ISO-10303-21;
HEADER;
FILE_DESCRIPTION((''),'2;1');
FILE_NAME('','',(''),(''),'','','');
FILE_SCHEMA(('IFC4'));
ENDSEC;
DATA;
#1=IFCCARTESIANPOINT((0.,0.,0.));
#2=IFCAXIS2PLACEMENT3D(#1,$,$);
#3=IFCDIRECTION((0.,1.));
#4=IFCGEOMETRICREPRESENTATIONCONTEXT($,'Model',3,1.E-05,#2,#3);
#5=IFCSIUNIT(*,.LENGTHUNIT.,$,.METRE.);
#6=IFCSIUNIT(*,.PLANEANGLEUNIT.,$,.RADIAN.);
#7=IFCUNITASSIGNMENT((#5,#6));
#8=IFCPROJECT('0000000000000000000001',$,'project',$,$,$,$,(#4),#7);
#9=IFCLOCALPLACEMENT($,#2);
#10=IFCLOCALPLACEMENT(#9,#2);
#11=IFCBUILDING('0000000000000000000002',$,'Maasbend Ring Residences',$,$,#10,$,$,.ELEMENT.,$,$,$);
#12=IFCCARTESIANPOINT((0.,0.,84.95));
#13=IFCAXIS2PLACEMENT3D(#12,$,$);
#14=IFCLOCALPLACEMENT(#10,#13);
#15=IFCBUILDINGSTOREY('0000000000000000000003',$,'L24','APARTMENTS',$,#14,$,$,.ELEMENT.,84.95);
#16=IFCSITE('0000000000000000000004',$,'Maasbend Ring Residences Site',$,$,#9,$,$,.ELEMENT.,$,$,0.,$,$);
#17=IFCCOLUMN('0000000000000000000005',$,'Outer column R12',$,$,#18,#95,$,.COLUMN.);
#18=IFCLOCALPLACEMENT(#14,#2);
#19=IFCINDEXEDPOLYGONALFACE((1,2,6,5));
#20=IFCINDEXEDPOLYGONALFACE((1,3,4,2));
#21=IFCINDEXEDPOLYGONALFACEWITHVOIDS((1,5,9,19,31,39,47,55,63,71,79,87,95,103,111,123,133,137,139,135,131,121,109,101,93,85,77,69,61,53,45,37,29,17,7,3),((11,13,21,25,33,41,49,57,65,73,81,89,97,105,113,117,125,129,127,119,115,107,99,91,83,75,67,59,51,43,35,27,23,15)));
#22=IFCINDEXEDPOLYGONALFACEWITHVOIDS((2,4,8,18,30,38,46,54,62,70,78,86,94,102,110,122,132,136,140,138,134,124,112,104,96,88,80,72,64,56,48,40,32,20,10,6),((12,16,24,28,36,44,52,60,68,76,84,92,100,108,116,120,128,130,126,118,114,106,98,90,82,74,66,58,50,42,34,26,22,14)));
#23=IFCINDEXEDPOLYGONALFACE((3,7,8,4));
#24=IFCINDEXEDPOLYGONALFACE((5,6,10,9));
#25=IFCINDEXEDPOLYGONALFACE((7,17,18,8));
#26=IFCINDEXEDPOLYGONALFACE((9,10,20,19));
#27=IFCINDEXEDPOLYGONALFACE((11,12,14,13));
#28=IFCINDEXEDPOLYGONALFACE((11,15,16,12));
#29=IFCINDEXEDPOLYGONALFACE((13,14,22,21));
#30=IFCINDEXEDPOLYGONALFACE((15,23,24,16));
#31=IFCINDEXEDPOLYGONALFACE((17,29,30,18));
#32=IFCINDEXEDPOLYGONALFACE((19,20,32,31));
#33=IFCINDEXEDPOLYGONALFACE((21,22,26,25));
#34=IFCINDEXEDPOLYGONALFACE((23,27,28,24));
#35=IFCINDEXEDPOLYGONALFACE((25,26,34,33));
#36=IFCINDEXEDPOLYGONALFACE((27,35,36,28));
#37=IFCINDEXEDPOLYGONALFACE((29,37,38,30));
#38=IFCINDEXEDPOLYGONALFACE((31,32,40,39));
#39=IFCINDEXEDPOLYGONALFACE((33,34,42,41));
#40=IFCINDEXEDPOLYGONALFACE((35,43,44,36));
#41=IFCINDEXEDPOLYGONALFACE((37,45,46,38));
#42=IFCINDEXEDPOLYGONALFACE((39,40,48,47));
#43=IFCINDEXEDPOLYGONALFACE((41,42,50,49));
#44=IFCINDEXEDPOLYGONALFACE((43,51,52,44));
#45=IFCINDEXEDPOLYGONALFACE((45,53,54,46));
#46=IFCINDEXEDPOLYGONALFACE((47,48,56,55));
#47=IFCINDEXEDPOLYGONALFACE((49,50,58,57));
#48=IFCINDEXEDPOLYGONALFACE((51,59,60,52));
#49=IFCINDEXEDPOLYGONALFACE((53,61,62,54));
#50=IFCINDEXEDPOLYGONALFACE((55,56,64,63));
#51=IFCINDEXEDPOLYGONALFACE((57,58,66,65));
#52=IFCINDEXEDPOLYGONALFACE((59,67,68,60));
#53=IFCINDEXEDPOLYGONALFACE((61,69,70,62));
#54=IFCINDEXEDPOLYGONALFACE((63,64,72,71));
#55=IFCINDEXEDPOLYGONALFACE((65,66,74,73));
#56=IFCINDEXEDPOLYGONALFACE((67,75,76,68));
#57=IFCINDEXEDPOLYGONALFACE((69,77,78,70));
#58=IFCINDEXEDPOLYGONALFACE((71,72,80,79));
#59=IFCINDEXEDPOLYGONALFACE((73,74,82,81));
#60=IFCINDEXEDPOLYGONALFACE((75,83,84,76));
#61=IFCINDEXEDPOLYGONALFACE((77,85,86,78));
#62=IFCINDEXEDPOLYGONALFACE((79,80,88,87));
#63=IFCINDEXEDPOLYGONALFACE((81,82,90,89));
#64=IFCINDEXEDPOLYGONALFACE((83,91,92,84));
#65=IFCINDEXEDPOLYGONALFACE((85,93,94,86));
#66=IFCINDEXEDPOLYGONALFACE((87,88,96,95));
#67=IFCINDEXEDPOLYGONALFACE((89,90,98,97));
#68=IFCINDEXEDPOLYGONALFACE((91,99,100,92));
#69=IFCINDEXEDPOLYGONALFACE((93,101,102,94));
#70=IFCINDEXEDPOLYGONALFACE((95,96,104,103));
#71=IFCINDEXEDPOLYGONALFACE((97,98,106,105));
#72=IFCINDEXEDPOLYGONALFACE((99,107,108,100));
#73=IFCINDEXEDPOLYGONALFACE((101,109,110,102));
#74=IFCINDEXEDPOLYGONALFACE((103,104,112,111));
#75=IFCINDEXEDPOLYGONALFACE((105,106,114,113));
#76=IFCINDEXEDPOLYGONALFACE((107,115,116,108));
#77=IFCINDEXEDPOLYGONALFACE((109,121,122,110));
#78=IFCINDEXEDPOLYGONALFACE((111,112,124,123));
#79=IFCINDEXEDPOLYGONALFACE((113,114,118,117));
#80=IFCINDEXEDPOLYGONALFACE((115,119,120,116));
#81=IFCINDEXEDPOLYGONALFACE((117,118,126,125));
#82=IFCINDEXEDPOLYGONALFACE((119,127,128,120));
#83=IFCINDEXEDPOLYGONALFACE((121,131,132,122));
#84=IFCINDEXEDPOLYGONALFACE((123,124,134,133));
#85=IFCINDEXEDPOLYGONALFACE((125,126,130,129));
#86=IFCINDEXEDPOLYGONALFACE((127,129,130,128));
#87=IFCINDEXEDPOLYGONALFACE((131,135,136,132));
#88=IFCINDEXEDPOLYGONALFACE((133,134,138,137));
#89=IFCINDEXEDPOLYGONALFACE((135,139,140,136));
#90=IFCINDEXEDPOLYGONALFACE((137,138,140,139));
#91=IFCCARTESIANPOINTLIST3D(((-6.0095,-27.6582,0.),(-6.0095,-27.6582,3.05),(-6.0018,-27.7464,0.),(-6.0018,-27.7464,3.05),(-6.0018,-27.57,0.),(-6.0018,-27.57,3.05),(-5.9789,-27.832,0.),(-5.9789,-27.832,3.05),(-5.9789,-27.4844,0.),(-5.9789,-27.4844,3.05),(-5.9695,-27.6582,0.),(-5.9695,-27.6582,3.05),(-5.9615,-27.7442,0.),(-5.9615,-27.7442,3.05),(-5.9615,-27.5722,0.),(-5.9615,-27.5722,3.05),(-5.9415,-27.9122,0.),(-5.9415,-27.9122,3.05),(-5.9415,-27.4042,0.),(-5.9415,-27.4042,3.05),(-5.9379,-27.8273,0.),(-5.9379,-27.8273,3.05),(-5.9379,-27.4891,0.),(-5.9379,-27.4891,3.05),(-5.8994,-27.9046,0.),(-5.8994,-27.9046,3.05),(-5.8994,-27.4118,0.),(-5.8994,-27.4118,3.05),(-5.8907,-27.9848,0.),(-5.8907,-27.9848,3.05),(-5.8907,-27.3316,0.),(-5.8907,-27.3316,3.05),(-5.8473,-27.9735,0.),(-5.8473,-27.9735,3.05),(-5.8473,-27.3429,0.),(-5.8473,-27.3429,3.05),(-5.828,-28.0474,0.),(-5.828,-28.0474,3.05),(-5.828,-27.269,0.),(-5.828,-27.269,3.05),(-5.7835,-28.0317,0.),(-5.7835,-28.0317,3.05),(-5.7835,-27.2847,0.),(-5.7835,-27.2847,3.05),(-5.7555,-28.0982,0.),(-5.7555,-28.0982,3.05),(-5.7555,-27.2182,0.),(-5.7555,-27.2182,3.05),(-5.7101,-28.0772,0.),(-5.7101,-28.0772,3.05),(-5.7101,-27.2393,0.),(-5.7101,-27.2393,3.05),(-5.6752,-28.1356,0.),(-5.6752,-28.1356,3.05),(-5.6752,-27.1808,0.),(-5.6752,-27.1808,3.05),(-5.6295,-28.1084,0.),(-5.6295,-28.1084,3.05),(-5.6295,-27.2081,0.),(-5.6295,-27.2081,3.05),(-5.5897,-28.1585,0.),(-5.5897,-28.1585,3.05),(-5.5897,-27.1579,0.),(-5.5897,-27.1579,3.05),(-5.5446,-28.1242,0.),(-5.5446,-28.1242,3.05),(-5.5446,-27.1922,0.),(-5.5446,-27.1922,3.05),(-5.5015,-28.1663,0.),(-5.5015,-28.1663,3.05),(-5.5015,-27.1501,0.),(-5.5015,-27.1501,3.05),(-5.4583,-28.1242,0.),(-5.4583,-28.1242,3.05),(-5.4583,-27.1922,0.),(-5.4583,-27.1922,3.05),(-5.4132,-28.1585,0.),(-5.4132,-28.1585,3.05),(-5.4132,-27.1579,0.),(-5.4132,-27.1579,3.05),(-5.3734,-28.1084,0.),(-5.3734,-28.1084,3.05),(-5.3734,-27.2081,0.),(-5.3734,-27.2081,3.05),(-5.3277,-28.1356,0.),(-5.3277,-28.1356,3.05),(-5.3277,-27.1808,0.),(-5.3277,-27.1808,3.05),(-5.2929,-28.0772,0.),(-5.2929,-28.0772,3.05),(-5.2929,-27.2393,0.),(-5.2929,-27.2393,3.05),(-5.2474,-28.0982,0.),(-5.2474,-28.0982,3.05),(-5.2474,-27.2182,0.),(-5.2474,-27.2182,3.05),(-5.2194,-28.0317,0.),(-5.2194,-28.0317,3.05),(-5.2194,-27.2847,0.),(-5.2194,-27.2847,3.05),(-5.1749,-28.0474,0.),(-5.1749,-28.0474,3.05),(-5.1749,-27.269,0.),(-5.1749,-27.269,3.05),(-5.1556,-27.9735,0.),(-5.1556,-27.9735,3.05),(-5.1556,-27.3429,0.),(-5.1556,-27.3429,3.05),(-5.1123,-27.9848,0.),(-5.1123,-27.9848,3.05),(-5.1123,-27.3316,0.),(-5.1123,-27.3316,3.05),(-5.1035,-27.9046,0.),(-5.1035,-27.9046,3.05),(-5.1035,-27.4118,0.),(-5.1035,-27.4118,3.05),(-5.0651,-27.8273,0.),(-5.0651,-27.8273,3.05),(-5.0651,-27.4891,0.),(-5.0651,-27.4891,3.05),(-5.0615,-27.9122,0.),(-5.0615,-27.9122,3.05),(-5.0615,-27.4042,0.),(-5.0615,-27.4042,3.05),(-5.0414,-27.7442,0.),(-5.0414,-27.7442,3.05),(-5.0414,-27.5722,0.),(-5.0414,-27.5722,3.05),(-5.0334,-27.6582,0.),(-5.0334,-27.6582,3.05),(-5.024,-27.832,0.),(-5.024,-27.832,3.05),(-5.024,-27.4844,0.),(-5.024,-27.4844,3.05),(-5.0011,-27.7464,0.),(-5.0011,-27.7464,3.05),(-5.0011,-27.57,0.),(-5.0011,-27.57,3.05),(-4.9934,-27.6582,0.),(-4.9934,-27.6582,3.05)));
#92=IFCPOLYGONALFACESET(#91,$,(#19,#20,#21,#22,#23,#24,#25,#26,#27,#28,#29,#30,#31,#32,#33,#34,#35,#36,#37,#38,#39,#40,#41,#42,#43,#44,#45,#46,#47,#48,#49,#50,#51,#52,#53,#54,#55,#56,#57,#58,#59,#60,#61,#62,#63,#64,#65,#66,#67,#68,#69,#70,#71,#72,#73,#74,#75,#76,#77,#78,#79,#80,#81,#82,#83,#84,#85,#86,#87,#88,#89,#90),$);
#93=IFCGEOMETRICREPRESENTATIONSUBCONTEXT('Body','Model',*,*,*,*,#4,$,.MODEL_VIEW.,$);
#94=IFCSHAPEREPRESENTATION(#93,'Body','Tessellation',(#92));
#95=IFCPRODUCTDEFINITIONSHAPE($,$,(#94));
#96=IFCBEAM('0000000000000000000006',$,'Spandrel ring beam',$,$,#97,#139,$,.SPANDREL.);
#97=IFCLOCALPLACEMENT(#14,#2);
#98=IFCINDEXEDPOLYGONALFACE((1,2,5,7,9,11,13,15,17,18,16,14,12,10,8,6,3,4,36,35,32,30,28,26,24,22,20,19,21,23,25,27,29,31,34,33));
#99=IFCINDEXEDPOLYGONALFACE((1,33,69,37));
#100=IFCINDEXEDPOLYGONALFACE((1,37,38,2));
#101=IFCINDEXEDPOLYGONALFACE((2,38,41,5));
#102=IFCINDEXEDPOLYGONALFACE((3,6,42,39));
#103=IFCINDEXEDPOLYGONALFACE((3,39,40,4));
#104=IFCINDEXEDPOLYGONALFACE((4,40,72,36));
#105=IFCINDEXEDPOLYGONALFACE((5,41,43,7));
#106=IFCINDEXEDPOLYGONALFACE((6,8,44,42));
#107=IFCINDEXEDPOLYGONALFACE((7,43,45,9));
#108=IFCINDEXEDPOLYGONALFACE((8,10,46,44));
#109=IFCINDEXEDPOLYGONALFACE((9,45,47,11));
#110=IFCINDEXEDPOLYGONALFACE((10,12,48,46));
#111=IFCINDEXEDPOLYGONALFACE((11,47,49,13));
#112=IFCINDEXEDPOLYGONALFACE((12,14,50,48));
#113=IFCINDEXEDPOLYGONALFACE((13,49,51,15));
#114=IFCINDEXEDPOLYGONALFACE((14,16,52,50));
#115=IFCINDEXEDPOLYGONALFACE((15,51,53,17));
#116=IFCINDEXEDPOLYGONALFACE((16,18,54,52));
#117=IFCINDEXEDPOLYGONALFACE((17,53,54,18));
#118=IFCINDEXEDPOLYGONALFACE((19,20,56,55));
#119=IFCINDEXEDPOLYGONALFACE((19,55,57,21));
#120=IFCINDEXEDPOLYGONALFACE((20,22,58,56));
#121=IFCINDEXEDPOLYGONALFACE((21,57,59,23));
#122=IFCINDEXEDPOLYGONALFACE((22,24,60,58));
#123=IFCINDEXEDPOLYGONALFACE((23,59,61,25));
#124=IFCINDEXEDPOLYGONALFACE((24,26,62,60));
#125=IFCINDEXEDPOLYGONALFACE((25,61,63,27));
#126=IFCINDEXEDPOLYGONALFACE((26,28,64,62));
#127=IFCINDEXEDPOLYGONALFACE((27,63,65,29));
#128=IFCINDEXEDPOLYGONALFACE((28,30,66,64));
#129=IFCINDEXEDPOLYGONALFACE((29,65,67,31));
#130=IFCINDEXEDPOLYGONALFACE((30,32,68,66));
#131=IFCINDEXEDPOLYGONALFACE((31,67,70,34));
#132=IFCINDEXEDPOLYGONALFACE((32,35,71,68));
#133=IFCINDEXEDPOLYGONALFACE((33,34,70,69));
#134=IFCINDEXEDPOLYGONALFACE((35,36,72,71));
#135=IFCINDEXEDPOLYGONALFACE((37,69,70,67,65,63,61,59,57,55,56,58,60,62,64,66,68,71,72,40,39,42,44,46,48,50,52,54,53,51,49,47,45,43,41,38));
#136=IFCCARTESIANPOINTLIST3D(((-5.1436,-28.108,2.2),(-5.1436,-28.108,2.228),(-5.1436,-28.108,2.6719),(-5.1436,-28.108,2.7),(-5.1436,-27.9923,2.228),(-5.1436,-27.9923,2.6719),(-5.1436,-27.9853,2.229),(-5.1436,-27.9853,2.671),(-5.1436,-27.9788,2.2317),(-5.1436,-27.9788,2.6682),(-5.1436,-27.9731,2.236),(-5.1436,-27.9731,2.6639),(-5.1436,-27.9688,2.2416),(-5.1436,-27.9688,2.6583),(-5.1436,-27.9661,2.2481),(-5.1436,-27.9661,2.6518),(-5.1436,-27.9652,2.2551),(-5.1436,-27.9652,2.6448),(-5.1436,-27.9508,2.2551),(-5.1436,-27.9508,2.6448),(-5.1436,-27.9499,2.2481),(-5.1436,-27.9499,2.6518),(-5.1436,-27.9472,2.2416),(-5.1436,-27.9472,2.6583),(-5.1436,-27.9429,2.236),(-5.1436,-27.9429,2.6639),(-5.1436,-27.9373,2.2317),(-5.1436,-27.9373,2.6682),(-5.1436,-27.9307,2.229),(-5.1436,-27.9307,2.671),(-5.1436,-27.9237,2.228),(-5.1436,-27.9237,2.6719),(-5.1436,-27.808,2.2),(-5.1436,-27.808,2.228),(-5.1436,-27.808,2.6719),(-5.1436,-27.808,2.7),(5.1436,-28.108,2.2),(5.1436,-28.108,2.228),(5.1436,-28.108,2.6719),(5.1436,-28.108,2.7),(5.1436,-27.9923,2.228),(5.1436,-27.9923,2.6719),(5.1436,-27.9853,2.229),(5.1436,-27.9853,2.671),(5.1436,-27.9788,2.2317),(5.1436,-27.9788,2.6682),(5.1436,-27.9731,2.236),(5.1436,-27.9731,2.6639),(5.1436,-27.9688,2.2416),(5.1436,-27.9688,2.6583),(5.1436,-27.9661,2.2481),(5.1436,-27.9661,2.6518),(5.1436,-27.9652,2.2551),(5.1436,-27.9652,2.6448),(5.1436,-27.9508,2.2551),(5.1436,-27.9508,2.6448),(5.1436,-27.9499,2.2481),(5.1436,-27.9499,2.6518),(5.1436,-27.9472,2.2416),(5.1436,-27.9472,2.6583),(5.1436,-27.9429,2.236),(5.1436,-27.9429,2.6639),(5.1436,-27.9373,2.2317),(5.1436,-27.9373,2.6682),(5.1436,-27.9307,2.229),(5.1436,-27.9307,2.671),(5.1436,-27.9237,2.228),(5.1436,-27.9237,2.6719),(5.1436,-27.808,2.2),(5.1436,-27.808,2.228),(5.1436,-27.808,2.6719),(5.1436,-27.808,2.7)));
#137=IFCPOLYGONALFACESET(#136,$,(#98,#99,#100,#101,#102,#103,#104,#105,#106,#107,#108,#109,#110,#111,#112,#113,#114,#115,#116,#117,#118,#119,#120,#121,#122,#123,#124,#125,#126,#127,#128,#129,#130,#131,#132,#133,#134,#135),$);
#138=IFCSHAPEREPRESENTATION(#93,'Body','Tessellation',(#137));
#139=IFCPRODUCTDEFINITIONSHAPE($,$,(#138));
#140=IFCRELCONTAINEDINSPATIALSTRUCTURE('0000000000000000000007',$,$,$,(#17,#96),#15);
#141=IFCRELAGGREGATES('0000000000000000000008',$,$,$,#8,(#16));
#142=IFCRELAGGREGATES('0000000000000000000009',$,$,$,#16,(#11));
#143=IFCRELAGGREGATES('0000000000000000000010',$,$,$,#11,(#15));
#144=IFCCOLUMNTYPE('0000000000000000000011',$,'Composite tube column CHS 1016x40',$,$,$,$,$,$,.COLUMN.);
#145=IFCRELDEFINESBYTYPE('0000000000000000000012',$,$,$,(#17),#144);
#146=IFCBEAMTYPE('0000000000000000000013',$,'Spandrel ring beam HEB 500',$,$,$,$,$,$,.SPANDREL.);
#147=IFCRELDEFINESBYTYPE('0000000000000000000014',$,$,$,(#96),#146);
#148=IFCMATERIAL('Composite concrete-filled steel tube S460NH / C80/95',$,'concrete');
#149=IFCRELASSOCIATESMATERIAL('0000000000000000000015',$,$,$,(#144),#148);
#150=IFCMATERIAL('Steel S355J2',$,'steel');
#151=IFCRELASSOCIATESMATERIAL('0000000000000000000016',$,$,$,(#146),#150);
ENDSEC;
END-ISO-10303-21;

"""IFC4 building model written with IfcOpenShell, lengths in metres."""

from ifc_helpers import new_model, si_unit, direction, frame, origin, origin_2d, place, context, subcontext, project, spatial, hollow_circle, i_section, extrude, material, material_profile, profile_set, type_object, element, save


model = new_model("IFC4")

# Units and contexts
model_context = context("Model", 3, precision=1e-05, world=origin(), true_north=direction((0.0, 1.0)))
body_context = subcontext(model_context, "Body", "Model", "MODEL_VIEW")
ifc_project = project(units=[si_unit("LENGTHUNIT", "METRE"), si_unit("PLANEANGLEUNIT", "RADIAN")], contexts=[model_context])

# Site, building, storey
site_placement = place(None, origin())
site = spatial("IfcSite", under=ifc_project, at=site_placement, Name="Maasbend Ring Residences Site", CompositionType="ELEMENT", RefElevation=0.0)
building_placement = place(site_placement, origin())
building = spatial("IfcBuilding", under=site, at=building_placement, Name="Maasbend Ring Residences", CompositionType="ELEMENT")
storey_placement = place(building_placement, frame((0.0, 0.0, 84.95)))
storey = spatial("IfcBuildingStorey", under=building, at=storey_placement, Name="L24", Description="APARTMENTS", CompositionType="ELEMENT", Elevation=84.95)

# Column
ifc_material_1 = material(Name="Composite concrete-filled steel tube S460NH / C80/95", Category="concrete")
ifc_material_profile_1 = material_profile(ifc_material_1, hollow_circle(Radius=0.5081, WallThickness=0.04, at=origin_2d()), Name="Composite tube column CHS 1016x40")
ifc_profile_set_1 = profile_set([ifc_material_profile_1], Name="Composite concrete-filled steel tube S460NH / C80/95")
column_type = type_object("IfcColumnType", Name="Composite tube column CHS 1016x40", PredefinedType="COLUMN", material=ifc_profile_set_1)
column_placement = place(storey_placement, frame((-5.5015, -27.6582, 0.0), z_axis=(0.0, 0.0, 1.0), x_axis=(1.0, 0.0, 0.0)))
element("IfcColumn", 1, at=column_placement, inside=storey, type_object=column_type, Name="Outer column R12", PredefinedType="COLUMN", context=body_context, shape_type="SweptSolid", body=[
    extrude(hollow_circle(Radius=0.5081, WallThickness=0.04, at=origin_2d()), origin(), (0.0, 0.0, 1.0), 3.05),
])

# Beam
ifc_material_2 = material(Name="Steel S355J2", Category="steel")
ifc_material_profile_2 = material_profile(ifc_material_2, i_section(OverallWidth=0.3, OverallDepth=0.5, WebThickness=0.0144, FlangeThickness=0.0281, FilletRadius=0.0271, at=origin_2d()), Name="HEB 500")
ifc_profile_set_2 = profile_set([ifc_material_profile_2], Name="Steel S355J2")
beam_type = type_object("IfcBeamType", Name="Spandrel ring beam HEB 500", PredefinedType="SPANDREL", material=ifc_profile_set_2)
beam_placement = place(storey_placement, frame((-5.1436, -27.958, 2.45), z_axis=(1.0, 0.0, 0.0), x_axis=(0.0, 1.0, 0.0)))
element("IfcBeam", 2, at=beam_placement, inside=storey, type_object=beam_type, Name="Spandrel ring beam", PredefinedType="SPANDREL", context=body_context, shape_type="SweptSolid", body=[
    extrude(i_section(OverallWidth=0.3, OverallDepth=0.5, WebThickness=0.0144, FlangeThickness=0.0281, FilletRadius=0.0271, at=origin_2d()), origin(), (0.0, 0.0, 1.0), 10.2871),
])

save(model, "model.ifc")
